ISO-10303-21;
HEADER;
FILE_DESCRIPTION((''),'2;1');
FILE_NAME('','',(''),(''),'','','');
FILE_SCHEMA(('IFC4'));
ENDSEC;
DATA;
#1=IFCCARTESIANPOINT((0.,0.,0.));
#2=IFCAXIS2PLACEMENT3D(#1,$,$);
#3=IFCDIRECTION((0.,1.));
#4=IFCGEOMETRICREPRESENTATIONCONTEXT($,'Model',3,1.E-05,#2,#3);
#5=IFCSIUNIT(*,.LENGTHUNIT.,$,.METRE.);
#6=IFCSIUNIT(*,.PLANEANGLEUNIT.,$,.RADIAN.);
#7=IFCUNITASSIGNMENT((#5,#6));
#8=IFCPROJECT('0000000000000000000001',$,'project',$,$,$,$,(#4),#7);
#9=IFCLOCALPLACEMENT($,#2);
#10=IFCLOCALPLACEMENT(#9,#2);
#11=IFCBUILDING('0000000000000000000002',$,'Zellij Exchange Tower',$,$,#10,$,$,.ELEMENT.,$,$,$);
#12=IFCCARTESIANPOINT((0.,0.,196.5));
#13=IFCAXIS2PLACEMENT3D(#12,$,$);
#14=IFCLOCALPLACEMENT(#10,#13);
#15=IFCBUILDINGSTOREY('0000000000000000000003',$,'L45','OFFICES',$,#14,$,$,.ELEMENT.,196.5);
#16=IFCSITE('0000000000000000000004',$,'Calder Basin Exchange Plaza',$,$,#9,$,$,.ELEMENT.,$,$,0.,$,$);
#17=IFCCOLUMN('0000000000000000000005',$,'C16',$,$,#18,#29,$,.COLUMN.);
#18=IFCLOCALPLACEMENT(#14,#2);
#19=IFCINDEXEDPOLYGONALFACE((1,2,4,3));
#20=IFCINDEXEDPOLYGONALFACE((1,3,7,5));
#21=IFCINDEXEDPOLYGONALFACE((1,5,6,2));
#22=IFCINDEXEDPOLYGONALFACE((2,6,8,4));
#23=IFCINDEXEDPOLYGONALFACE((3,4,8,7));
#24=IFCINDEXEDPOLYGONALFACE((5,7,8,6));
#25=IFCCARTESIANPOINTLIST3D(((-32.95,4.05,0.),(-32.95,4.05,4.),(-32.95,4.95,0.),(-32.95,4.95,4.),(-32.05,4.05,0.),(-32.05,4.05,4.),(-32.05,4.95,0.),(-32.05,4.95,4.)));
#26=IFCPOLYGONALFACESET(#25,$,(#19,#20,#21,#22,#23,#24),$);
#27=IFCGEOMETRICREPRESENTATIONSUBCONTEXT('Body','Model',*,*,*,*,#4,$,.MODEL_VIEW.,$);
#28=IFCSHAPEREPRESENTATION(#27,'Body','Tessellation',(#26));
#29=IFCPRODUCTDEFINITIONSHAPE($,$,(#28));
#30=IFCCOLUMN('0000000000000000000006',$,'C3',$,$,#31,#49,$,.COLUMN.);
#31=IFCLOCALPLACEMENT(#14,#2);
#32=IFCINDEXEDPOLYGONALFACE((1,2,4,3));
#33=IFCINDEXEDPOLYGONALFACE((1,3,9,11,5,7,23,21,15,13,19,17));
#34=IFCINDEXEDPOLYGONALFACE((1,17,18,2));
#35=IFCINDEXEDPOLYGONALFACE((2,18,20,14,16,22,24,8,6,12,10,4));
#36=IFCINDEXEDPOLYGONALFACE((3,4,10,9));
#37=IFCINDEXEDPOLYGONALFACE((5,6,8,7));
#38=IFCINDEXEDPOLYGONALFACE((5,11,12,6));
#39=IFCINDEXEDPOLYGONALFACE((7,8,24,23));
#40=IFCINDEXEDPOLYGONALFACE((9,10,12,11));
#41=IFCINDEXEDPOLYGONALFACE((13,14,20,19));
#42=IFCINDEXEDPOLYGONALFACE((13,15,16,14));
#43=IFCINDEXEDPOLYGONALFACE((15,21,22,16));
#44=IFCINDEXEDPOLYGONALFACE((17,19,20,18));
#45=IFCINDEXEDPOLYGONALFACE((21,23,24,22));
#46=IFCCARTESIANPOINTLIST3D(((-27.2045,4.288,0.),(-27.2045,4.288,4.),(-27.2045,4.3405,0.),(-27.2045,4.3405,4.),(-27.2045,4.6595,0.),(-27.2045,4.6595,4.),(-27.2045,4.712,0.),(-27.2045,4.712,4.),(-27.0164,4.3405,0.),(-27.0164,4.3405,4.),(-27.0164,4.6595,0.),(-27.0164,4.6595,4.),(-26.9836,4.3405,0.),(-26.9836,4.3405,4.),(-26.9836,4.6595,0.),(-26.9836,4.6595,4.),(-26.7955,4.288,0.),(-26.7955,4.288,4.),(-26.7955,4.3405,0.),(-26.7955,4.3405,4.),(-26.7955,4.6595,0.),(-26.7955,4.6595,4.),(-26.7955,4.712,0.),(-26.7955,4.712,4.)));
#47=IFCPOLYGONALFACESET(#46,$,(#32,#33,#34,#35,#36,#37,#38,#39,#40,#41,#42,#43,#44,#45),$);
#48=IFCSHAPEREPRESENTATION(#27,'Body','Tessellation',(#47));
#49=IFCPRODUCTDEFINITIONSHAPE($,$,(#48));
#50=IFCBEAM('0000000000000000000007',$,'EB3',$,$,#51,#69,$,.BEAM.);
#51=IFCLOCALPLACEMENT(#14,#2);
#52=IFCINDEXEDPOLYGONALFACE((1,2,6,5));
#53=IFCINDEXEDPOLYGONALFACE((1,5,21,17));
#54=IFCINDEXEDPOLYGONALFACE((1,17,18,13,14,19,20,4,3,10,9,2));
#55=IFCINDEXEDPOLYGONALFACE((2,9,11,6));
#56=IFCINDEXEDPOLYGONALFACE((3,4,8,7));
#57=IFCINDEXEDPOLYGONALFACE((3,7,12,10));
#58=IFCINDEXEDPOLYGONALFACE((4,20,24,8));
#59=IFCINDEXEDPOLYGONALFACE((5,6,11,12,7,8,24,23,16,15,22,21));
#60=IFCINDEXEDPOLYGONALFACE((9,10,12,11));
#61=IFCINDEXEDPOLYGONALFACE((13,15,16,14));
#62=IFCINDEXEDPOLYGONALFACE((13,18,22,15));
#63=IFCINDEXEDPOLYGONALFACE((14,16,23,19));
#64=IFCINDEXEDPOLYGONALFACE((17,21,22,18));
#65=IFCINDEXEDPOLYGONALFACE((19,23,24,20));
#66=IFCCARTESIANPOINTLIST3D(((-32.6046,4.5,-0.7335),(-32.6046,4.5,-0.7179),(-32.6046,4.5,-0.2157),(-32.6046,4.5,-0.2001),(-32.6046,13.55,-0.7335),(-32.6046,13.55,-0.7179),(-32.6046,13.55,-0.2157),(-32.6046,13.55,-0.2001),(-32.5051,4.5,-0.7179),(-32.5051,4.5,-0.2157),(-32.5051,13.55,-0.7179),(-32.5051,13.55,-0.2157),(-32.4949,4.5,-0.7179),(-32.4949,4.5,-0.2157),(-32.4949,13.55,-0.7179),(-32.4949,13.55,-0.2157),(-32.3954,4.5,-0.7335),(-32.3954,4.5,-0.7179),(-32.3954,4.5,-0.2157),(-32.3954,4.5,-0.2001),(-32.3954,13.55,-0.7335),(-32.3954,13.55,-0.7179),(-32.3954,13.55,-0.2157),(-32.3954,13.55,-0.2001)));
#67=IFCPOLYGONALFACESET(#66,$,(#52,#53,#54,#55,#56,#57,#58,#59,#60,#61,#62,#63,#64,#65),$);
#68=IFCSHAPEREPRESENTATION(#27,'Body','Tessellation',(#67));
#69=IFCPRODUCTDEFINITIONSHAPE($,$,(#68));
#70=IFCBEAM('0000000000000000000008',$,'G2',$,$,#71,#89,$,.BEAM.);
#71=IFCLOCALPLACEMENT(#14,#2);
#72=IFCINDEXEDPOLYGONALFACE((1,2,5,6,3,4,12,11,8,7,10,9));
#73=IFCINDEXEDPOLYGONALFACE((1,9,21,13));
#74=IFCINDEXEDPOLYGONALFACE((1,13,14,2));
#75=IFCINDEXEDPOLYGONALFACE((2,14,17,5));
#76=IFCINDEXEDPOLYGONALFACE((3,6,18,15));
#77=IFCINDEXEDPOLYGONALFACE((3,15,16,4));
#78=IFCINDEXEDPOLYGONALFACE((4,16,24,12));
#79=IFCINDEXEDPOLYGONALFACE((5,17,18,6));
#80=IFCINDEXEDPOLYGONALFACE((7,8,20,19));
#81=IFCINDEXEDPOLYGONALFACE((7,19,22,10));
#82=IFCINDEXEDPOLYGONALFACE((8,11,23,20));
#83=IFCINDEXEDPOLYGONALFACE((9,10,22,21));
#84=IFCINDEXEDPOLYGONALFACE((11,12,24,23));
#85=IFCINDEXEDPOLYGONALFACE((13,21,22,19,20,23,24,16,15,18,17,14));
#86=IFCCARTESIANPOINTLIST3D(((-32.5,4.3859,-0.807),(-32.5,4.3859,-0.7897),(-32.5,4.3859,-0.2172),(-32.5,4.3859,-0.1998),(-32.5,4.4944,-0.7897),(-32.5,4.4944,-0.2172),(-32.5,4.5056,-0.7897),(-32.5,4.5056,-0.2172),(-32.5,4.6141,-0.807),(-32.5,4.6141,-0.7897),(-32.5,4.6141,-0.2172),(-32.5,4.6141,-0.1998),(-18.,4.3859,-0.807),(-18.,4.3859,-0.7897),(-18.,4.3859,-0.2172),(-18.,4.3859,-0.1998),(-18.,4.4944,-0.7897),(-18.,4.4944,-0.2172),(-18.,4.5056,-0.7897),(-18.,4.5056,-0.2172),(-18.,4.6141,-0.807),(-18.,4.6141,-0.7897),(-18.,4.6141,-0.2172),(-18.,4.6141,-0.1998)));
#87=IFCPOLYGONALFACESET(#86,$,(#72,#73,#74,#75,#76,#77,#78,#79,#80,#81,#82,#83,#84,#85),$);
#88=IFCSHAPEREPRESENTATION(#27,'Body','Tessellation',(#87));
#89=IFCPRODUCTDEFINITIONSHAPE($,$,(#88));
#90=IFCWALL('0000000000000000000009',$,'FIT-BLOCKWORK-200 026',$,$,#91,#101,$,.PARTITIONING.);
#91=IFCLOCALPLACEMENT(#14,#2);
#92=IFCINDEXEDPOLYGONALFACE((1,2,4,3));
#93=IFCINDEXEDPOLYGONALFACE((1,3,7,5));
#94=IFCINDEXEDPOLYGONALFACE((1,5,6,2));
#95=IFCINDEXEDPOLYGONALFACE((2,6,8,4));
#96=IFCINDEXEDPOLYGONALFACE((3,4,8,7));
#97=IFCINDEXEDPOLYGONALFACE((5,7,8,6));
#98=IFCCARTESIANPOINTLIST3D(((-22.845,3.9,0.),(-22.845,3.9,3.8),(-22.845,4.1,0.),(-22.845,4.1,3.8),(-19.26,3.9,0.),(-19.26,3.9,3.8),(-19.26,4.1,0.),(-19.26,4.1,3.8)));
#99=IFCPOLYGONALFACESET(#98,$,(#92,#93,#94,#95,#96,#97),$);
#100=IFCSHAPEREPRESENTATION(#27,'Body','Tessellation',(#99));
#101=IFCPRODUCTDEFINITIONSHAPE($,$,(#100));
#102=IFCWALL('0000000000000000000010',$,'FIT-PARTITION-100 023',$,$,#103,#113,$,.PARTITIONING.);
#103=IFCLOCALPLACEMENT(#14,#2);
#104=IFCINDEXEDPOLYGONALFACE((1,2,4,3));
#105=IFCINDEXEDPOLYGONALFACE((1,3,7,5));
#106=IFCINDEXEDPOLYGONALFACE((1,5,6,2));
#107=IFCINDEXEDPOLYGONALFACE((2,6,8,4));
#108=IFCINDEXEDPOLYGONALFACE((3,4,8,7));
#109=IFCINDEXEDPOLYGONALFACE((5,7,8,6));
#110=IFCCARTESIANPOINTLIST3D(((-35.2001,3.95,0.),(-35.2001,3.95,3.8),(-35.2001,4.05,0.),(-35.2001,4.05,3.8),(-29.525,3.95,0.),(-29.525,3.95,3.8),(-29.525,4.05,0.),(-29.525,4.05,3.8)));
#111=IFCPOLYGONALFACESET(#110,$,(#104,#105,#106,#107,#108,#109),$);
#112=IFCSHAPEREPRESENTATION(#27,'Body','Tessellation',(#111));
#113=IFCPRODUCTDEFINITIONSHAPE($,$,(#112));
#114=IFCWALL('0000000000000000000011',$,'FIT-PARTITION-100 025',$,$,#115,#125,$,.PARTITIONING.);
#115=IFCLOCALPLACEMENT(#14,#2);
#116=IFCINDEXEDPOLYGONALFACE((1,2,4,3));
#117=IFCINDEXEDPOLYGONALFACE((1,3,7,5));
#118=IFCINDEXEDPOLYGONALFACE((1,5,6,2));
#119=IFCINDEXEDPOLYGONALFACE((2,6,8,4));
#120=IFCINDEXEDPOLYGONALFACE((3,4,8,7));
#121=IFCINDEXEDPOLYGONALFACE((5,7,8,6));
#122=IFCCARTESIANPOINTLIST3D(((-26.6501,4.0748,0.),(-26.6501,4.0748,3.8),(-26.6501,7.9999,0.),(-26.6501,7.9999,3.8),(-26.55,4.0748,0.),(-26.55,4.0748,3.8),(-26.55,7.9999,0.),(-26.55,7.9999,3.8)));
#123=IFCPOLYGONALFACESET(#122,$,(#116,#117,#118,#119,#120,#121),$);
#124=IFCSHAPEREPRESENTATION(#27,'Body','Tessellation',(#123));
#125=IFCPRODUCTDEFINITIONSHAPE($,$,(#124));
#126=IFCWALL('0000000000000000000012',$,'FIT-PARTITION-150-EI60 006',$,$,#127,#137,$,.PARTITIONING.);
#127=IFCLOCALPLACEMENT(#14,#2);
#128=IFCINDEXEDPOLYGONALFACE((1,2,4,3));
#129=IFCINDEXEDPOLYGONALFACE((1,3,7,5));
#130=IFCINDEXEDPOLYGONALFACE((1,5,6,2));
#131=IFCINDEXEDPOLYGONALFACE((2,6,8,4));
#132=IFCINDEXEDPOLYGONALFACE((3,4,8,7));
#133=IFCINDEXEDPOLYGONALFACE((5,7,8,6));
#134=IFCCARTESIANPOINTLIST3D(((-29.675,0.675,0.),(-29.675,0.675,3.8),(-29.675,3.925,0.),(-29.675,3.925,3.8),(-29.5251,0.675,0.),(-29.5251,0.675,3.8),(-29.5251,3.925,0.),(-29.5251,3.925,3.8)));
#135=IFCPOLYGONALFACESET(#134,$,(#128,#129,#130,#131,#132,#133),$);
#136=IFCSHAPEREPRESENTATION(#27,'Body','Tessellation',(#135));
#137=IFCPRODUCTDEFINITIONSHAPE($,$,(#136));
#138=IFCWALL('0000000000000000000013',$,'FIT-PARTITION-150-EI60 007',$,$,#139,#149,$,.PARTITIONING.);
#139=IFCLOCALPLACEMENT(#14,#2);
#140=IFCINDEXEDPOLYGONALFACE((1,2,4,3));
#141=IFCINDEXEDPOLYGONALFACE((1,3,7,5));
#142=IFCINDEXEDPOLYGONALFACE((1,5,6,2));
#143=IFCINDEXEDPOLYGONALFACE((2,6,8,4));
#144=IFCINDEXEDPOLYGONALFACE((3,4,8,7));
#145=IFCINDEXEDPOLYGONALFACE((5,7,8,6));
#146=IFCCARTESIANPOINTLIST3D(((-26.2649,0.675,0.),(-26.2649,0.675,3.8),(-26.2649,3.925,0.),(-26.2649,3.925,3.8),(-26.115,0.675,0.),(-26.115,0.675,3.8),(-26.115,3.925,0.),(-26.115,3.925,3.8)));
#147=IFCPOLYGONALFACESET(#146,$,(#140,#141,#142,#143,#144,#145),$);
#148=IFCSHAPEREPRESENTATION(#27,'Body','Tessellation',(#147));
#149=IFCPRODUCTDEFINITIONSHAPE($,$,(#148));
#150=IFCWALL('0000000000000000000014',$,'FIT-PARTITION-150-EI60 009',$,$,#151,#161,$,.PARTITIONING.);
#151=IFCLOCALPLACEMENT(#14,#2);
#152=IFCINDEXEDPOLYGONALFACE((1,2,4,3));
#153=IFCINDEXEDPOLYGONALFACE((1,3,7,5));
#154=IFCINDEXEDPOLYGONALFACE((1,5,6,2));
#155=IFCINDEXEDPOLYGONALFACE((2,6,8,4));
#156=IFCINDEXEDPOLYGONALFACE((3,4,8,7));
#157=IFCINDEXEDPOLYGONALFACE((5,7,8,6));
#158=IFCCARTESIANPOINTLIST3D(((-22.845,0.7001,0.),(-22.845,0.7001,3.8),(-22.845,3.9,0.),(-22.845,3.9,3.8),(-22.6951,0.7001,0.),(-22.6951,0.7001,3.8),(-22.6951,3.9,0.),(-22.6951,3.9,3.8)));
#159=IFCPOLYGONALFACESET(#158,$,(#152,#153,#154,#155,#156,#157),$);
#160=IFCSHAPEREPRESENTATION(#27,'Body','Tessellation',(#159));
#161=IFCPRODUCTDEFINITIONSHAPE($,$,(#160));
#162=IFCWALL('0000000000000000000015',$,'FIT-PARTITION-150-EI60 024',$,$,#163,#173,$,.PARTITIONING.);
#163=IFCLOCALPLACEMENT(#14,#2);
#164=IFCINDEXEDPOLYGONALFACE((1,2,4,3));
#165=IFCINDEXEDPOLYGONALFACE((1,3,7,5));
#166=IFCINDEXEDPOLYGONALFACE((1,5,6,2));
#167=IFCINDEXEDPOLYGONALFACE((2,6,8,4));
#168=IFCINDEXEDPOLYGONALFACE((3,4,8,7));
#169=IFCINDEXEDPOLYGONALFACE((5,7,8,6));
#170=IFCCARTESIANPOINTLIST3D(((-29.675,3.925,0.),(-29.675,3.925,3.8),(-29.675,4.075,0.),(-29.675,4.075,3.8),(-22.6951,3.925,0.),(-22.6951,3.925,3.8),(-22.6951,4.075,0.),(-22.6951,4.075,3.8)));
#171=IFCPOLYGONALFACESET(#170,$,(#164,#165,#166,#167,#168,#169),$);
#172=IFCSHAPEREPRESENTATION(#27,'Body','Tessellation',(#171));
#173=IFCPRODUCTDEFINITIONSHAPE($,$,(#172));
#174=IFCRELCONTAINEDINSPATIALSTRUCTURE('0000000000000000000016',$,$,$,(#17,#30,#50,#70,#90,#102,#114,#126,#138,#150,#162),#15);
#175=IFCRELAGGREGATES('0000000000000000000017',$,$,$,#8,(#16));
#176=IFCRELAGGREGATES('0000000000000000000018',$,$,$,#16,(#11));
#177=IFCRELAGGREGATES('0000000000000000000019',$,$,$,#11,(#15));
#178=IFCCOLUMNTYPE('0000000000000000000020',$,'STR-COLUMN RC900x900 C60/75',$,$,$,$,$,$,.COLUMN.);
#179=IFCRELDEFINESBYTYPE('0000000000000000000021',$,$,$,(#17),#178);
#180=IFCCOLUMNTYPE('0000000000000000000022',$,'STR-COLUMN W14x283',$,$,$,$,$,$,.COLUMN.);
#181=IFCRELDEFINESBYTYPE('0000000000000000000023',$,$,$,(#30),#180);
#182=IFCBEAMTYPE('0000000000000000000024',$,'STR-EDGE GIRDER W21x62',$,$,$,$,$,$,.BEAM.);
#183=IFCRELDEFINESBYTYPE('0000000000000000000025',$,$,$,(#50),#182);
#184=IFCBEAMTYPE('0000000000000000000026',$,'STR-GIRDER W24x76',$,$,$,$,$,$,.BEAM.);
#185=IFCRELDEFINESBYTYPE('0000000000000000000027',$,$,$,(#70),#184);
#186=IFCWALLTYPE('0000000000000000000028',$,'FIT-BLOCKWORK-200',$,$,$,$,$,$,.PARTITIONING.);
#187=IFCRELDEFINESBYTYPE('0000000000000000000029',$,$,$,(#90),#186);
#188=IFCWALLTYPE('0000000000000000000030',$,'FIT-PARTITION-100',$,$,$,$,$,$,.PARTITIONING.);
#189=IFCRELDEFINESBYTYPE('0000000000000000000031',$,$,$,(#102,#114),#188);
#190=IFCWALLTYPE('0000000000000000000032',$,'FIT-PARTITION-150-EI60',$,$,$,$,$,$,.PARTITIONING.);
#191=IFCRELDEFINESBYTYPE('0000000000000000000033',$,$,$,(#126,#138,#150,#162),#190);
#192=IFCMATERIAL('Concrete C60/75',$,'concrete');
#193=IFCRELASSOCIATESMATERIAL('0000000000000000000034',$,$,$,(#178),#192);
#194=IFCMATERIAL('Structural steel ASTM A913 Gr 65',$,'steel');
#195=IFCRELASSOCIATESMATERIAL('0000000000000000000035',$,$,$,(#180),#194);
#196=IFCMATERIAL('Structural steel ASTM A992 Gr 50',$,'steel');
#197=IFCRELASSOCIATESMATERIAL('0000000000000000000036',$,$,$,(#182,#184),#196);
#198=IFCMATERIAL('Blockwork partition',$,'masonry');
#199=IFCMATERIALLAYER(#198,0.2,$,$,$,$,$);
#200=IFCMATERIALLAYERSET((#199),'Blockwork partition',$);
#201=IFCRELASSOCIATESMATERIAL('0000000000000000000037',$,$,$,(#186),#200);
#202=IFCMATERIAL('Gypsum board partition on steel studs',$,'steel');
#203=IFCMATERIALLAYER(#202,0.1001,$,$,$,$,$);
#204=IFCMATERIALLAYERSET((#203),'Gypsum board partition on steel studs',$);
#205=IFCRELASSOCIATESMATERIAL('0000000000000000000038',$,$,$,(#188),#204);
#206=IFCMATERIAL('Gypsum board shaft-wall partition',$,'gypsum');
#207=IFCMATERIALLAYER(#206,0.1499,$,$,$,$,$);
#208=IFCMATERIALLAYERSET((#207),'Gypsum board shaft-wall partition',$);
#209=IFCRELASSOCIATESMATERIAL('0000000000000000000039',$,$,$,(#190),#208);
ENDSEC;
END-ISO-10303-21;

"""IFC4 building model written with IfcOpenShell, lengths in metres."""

from ifc_helpers import new_model, si_unit, direction, frame, frame_2d, origin, origin_2d, place, context, subcontext, project, spatial, rectangle, i_section, extrude, material, layer, layer_set, material_profile, profile_set, type_object, element, save


model = new_model("IFC4")

# Units and contexts
model_context = context("Model", 3, precision=1e-05, world=origin(), true_north=direction((0.0, 1.0)))
body_context = subcontext(model_context, "Body", "Model", "MODEL_VIEW")
ifc_project = project(units=[si_unit("LENGTHUNIT", "METRE"), si_unit("PLANEANGLEUNIT", "RADIAN")], contexts=[model_context])

# Site, building, storey
site_placement = place(None, origin())
site = spatial("IfcSite", under=ifc_project, at=site_placement, Name="Calder Basin Exchange Plaza", CompositionType="ELEMENT", RefElevation=0.0)
building_placement = place(site_placement, origin())
building = spatial("IfcBuilding", under=site, at=building_placement, Name="Zellij Exchange Tower", CompositionType="ELEMENT")
storey_placement = place(building_placement, frame((0.0, 0.0, 196.5)))
storey = spatial("IfcBuildingStorey", under=building, at=storey_placement, Name="L45", Description="OFFICES", CompositionType="ELEMENT", Elevation=196.5)

# Columns
ifc_material_1 = material(Name="Concrete C60/75", Category="concrete")
ifc_material_profile_1 = material_profile(ifc_material_1, rectangle(XDim=0.8999, YDim=0.8999, at=origin_2d()), Name="STR-COLUMN RC900x900 C60/75")
ifc_profile_set_1 = profile_set([ifc_material_profile_1], Name="Concrete C60/75")
column_type_1 = type_object("IfcColumnType", Name="STR-COLUMN RC900x900 C60/75", PredefinedType="COLUMN", material=ifc_profile_set_1)
column_1_placement = place(storey_placement, frame((-32.5, 4.5, 0.0), z_axis=(0.0, 0.0, 1.0), x_axis=(1.0, 0.0, 0.0)))
element("IfcColumn", 1, at=column_1_placement, inside=storey, type_object=column_type_1, Name="C16", PredefinedType="COLUMN", context=body_context, shape_type="SweptSolid", body=[
    extrude(rectangle(XDim=0.8999, YDim=0.8999, at=origin_2d()), origin(), (0.0, 0.0, 1.0), 4.0),
])
ifc_material_2 = material(Name="Structural steel ASTM A913 Gr 65", Category="steel")
ifc_material_profile_2 = material_profile(ifc_material_2, i_section(OverallWidth=0.4089, OverallDepth=0.4241, WebThickness=0.0327, FlangeThickness=0.0525, at=origin_2d()), Name="W14x283")
ifc_profile_set_2 = profile_set([ifc_material_profile_2], Name="Structural steel ASTM A913 Gr 65")
column_type_2 = type_object("IfcColumnType", Name="STR-COLUMN W14x283", PredefinedType="COLUMN", material=ifc_profile_set_2)
column_2_placement = place(storey_placement, frame((-27.0, 4.5, 0.0), z_axis=(0.0, 0.0, 1.0), x_axis=(1.0, 0.0, 0.0)))
element("IfcColumn", 2, at=column_2_placement, inside=storey, type_object=column_type_2, Name="C3", PredefinedType="COLUMN", context=body_context, shape_type="SweptSolid", body=[
    extrude(i_section(OverallWidth=0.4089, OverallDepth=0.4241, WebThickness=0.0327, FlangeThickness=0.0525, at=origin_2d()), origin(), (0.0, 0.0, 1.0), 4.0),
])

# Beams
ifc_material_3 = material(Name="Structural steel ASTM A992 Gr 50", Category="steel")
ifc_material_profile_3 = material_profile(ifc_material_3, i_section(OverallWidth=0.2092, OverallDepth=0.5334, WebThickness=0.0103, FlangeThickness=0.0156, at=origin_2d()), Name="W21x62")
ifc_profile_set_3 = profile_set([ifc_material_profile_3], Name="Structural steel ASTM A992 Gr 50")
beam_type_1 = type_object("IfcBeamType", Name="STR-EDGE GIRDER W21x62", PredefinedType="BEAM", material=ifc_profile_set_3)
beam_1_placement = place(storey_placement, frame((-32.5, 4.5, -0.4668), z_axis=(0.0, 1.0, 0.0), x_axis=(-1.0, 0.0, 0.0)))
element("IfcBeam", 3, at=beam_1_placement, inside=storey, type_object=beam_type_1, Name="EB3", PredefinedType="BEAM", context=body_context, shape_type="SweptSolid", body=[
    extrude(i_section(OverallWidth=0.2092, OverallDepth=0.5334, WebThickness=0.0103, FlangeThickness=0.0156, at=origin_2d()), origin(), (0.0, 0.0, 1.0), 9.05),
])
ifc_material_profile_4 = material_profile(ifc_material_3, i_section(OverallWidth=0.2283, OverallDepth=0.6072, WebThickness=0.0112, FlangeThickness=0.0173, at=origin_2d()), Name="W24x76")
ifc_profile_set_4 = profile_set([ifc_material_profile_4], Name="Structural steel ASTM A992 Gr 50")
beam_type_2 = type_object("IfcBeamType", Name="STR-GIRDER W24x76", PredefinedType="BEAM", material=ifc_profile_set_4)
beam_2_placement = place(storey_placement, frame((-32.5, 4.5, -0.5034), z_axis=(1.0, 0.0, 0.0), x_axis=(0.0, 1.0, 0.0)))
element("IfcBeam", 4, at=beam_2_placement, inside=storey, type_object=beam_type_2, Name="G2", PredefinedType="BEAM", context=body_context, shape_type="SweptSolid", body=[
    extrude(i_section(OverallWidth=0.2283, OverallDepth=0.6072, WebThickness=0.0112, FlangeThickness=0.0173, at=origin_2d()), origin(), (0.0, 0.0, 1.0), 14.5),
])

# Walls
ifc_material_4 = material(Name="Blockwork partition", Category="masonry")
ifc_layer_1 = layer(ifc_material_4, 0.2)
ifc_layer_set_1 = layer_set([ifc_layer_1], Name="Blockwork partition")
wall_type_1 = type_object("IfcWallType", Name="FIT-BLOCKWORK-200", PredefinedType="PARTITIONING", material=ifc_layer_set_1)
wall_1_placement = place(storey_placement, frame((-22.845, 4.0, 0.0), z_axis=(0.0, 0.0, 1.0), x_axis=(1.0, 0.0, 0.0)))
element("IfcWall", 5, at=wall_1_placement, inside=storey, type_object=wall_type_1, Name="FIT-BLOCKWORK-200 026", PredefinedType="PARTITIONING", context=body_context, shape_type="SweptSolid", body=[
    extrude(rectangle(XDim=3.585, YDim=0.2, at=frame_2d((1.7925, 0.0))), origin(), (0.0, 0.0, 1.0), 3.8),
])
ifc_material_5 = material(Name="Gypsum board partition on steel studs", Category="steel")
ifc_layer_2 = layer(ifc_material_5, 0.1001)
ifc_layer_set_2 = layer_set([ifc_layer_2], Name="Gypsum board partition on steel studs")
wall_type_2 = type_object("IfcWallType", Name="FIT-PARTITION-100", PredefinedType="PARTITIONING", material=ifc_layer_set_2)
wall_2_placement = place(storey_placement, frame((-35.2, 4.0, 0.0), z_axis=(0.0, 0.0, 1.0), x_axis=(1.0, 0.0, 0.0)))
element("IfcWall", 6, at=wall_2_placement, inside=storey, type_object=wall_type_2, Name="FIT-PARTITION-100 023", PredefinedType="PARTITIONING", context=body_context, shape_type="SweptSolid", body=[
    extrude(rectangle(XDim=5.675, YDim=0.1001, at=frame_2d((2.8374, 0.0))), origin(), (0.0, 0.0, 1.0), 3.8),
])
wall_3_placement = place(storey_placement, frame((-26.6001, 4.075, 0.0), z_axis=(0.0, 0.0, 1.0), x_axis=(0.0, 1.0, 0.0)))
element("IfcWall", 7, at=wall_3_placement, inside=storey, type_object=wall_type_2, Name="FIT-PARTITION-100 025", PredefinedType="PARTITIONING", context=body_context, shape_type="SweptSolid", body=[
    extrude(rectangle(XDim=3.925, YDim=0.1001, at=frame_2d((1.9624, 0.0))), origin(), (0.0, 0.0, 1.0), 3.8),
])
ifc_material_6 = material(Name="Gypsum board shaft-wall partition", Category="gypsum")
ifc_layer_3 = layer(ifc_material_6, 0.1499)
ifc_layer_set_3 = layer_set([ifc_layer_3], Name="Gypsum board shaft-wall partition")
wall_type_3 = type_object("IfcWallType", Name="FIT-PARTITION-150-EI60", PredefinedType="PARTITIONING", material=ifc_layer_set_3)
for number, where, z_axis, x_axis, name in (
    (8, (-29.6001, 0.675, 0.0), (0.0, 0.0, 1.0), (0.0, 1.0, 0.0), "FIT-PARTITION-150-EI60 006"),
    (9, (-26.1899, 0.675, 0.0), (0.0, 0.0, 1.0), (0.0, 1.0, 0.0), "FIT-PARTITION-150-EI60 007"),
):
    element("IfcWall", number, at=place(storey_placement, frame(where, z_axis=z_axis, x_axis=x_axis)), inside=storey, type_object=wall_type_3, Name=name, PredefinedType="PARTITIONING", context=body_context, shape_type="SweptSolid", body=[
        extrude(rectangle(XDim=3.25, YDim=0.1499, at=frame_2d((1.625, 0.0))), origin(), (0.0, 0.0, 1.0), 3.8),
    ])
wall_4_placement = place(storey_placement, frame((-22.77, 0.7, 0.0), z_axis=(0.0, 0.0, 1.0), x_axis=(0.0, 1.0, 0.0)))
element("IfcWall", 10, at=wall_4_placement, inside=storey, type_object=wall_type_3, Name="FIT-PARTITION-150-EI60 009", PredefinedType="PARTITIONING", context=body_context, shape_type="SweptSolid", body=[
    extrude(rectangle(XDim=3.2, YDim=0.1499, at=frame_2d((1.6001, 0.0))), origin(), (0.0, 0.0, 1.0), 3.8),
])
wall_5_placement = place(storey_placement, frame((-29.675, 4.0, 0.0), z_axis=(0.0, 0.0, 1.0), x_axis=(1.0, 0.0, 0.0)))
element("IfcWall", 11, at=wall_5_placement, inside=storey, type_object=wall_type_3, Name="FIT-PARTITION-150-EI60 024", PredefinedType="PARTITIONING", context=body_context, shape_type="SweptSolid", body=[
    extrude(rectangle(XDim=6.98, YDim=0.1499, at=frame_2d((3.49, 0.0))), origin(), (0.0, 0.0, 1.0), 3.8),
])

save(model, "model.ifc")
